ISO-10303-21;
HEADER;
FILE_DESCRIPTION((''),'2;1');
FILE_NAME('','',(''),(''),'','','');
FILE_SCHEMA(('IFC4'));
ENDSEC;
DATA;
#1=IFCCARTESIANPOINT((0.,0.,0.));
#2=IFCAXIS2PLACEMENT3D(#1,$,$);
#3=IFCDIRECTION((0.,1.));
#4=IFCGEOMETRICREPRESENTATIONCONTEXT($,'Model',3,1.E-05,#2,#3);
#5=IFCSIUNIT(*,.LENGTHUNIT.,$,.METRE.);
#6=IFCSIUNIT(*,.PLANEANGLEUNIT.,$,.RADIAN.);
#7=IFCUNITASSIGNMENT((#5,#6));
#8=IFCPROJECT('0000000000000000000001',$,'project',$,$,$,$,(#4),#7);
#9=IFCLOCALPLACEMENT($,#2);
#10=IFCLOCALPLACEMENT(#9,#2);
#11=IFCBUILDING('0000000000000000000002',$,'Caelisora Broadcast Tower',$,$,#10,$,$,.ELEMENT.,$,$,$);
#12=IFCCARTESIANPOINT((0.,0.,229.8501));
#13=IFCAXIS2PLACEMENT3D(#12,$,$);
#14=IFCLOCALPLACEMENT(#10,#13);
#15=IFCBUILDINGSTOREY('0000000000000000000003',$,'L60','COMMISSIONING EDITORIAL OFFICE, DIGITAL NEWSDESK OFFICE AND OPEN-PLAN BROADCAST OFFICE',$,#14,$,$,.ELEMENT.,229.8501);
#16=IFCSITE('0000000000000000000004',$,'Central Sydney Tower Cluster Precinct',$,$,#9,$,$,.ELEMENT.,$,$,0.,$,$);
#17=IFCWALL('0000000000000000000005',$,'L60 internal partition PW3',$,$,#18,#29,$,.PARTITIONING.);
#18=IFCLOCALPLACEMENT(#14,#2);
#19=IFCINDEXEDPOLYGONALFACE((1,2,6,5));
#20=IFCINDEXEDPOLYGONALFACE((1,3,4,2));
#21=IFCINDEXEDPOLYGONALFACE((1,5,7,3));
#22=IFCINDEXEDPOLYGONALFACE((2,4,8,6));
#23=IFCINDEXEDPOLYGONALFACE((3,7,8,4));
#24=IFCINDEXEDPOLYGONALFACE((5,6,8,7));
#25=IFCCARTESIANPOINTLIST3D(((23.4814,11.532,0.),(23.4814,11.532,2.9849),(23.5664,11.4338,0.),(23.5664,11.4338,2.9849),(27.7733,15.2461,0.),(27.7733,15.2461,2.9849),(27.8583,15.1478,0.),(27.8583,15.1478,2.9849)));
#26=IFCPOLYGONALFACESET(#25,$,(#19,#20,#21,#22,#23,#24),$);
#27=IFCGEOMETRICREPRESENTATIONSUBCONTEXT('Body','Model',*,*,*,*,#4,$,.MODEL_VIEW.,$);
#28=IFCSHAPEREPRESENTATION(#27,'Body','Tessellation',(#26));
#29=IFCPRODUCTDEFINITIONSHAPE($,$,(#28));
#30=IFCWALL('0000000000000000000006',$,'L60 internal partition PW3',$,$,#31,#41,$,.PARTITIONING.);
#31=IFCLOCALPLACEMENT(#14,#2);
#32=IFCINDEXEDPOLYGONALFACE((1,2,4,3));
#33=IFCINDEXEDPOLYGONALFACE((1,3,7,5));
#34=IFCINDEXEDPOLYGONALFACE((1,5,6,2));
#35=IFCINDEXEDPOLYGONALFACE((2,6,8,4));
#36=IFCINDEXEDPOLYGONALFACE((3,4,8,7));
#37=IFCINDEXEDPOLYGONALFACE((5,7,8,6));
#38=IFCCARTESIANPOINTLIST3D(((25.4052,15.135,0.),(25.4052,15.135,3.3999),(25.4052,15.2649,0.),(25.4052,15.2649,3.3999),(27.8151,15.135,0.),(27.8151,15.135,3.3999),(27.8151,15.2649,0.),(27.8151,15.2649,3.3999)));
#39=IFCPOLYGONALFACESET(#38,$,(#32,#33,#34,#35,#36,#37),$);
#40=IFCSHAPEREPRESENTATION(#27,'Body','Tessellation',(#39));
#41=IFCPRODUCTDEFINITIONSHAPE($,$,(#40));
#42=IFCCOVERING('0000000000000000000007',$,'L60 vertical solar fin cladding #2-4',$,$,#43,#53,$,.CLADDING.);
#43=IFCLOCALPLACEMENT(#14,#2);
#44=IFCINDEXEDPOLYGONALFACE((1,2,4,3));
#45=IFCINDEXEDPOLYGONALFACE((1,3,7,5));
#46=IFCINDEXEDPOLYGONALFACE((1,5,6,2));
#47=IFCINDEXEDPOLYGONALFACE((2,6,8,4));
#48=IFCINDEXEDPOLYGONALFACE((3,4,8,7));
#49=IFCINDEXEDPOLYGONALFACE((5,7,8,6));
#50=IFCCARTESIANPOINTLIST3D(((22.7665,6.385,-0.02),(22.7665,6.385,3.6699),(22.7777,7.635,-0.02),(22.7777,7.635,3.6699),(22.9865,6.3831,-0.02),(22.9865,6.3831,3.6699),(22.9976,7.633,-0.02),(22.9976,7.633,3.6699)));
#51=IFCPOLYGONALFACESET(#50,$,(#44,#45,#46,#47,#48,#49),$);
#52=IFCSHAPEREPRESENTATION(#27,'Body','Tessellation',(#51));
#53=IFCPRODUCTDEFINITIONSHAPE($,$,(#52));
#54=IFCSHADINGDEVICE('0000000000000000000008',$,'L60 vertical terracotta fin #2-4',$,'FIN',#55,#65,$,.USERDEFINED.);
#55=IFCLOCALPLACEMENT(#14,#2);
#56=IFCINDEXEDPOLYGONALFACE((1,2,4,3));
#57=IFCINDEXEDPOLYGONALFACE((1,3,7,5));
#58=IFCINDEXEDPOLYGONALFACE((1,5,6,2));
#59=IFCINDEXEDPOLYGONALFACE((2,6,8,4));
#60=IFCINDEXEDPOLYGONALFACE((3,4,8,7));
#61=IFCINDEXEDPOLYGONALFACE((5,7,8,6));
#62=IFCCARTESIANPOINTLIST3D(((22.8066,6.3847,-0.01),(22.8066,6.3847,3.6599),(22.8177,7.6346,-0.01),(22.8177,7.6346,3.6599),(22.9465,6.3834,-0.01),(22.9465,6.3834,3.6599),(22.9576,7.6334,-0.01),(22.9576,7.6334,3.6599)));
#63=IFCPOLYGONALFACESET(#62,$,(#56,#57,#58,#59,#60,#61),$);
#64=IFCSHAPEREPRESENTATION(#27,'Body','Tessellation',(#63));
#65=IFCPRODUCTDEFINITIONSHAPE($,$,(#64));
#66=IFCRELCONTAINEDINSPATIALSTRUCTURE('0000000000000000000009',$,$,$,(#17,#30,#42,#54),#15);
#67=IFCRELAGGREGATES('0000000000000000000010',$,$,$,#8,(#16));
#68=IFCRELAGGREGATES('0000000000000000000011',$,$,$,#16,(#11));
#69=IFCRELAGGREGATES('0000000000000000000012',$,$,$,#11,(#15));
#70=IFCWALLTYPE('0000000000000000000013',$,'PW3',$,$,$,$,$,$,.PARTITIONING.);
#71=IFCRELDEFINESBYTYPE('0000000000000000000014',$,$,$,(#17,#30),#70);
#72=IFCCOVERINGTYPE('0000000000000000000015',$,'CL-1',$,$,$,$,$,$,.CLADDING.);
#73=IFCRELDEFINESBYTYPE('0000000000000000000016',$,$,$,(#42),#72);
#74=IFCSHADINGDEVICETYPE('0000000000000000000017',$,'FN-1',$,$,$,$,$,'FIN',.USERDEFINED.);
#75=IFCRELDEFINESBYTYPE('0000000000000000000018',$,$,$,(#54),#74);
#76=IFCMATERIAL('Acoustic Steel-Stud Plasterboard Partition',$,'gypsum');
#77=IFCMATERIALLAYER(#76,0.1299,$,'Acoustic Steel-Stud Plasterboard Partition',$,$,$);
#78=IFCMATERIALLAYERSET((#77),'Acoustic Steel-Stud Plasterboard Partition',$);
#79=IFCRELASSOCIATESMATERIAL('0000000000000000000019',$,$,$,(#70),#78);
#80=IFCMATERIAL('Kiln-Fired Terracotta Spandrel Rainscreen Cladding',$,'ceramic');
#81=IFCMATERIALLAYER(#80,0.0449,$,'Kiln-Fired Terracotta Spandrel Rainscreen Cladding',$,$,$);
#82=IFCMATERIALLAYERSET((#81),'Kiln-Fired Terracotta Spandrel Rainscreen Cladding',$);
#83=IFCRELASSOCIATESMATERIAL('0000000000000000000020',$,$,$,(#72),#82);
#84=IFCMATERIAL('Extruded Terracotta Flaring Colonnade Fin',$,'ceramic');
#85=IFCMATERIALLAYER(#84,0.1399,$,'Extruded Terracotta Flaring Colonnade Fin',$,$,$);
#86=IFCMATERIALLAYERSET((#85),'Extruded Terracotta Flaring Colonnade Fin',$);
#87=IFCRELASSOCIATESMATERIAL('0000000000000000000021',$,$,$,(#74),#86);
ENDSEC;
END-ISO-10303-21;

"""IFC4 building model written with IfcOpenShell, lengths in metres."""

from ifc_helpers import new_model, si_unit, direction, frame, frame_2d, origin, origin_2d, place, context, subcontext, project, spatial, rectangle, extrude, source, transform, mapped, material, layer, layer_set, type_object, type_shapes, element, save


model = new_model("IFC4")

# Units and contexts
model_context = context("Model", 3, precision=1e-05, world=origin(), true_north=direction((0.0, 1.0)))
body_context = subcontext(model_context, "Body", "Model", "MODEL_VIEW")
ifc_project = project(units=[si_unit("LENGTHUNIT", "METRE"), si_unit("PLANEANGLEUNIT", "RADIAN")], contexts=[model_context])

# Site, building, storey
site_placement = place(None, origin())
site = spatial("IfcSite", under=ifc_project, at=site_placement, Name="Central Sydney Tower Cluster Precinct", CompositionType="ELEMENT", RefElevation=0.0)
building_placement = place(site_placement, origin())
building = spatial("IfcBuilding", under=site, at=building_placement, Name="Caelisora Broadcast Tower", CompositionType="ELEMENT")
storey_placement = place(building_placement, frame((0.0, 0.0, 229.8501)))
storey = spatial("IfcBuildingStorey", under=building, at=storey_placement, Name="L60", Description="COMMISSIONING EDITORIAL OFFICE, DIGITAL NEWSDESK OFFICE AND OPEN-PLAN BROADCAST OFFICE", CompositionType="ELEMENT", Elevation=229.8501)

# Shared definitions
ifc_material_1 = material(Name="Acoustic Steel-Stud Plasterboard Partition", Category="gypsum")
ifc_layer_1 = layer(ifc_material_1, 0.1299, Name="Acoustic Steel-Stud Plasterboard Partition")
ifc_layer_set_1 = layer_set([ifc_layer_1], Name="Acoustic Steel-Stud Plasterboard Partition")
wall_type = type_object("IfcWallType", Name="PW3", PredefinedType="PARTITIONING", material=ifc_layer_set_1)

# Walls
wall_1_placement = place(storey_placement, frame((23.5239, 11.4829, 0.0), z_axis=(0.0, 0.0, 1.0), x_axis=(0.756179, 0.654365, 0.0)))
element("IfcWall", 1, at=wall_1_placement, inside=storey, type_object=wall_type, Name="L60 internal partition PW3", PredefinedType="PARTITIONING", context=body_context, shape_type="SweptSolid", body=[
    extrude(rectangle(XDim=5.6758, YDim=0.1299, at=frame_2d((2.8379, 0.0))), origin(), (0.0, 0.0, 1.0), 2.9849),
])
wall_2_placement = place(storey_placement, frame((25.405, 15.2, 0.0), z_axis=(0.0, 0.0, 1.0), x_axis=(1.0, 0.0, 0.0)))
element("IfcWall", 2, at=wall_2_placement, inside=storey, type_object=wall_type, Name="L60 internal partition PW3", PredefinedType="PARTITIONING", context=body_context, shape_type="SweptSolid", body=[
    extrude(rectangle(XDim=2.4099, YDim=0.1299, at=frame_2d((1.2051, 0.0))), origin(), (0.0, 0.0, 1.0), 3.3999),
])

# Covering
ifc_material_2 = material(Name="Kiln-Fired Terracotta Spandrel Rainscreen Cladding", Category="ceramic")
ifc_layer_2 = layer(ifc_material_2, 0.0449, Name="Kiln-Fired Terracotta Spandrel Rainscreen Cladding")
ifc_layer_set_2 = layer_set([ifc_layer_2], Name="Kiln-Fired Terracotta Spandrel Rainscreen Cladding")
covering_type = type_object("IfcCoveringType", Name="CL-1", PredefinedType="CLADDING", material=ifc_layer_set_2)
shared_shape_1 = source(origin(), body_context, "Body", "SweptSolid", [
    extrude(rectangle(XDim=0.22, YDim=1.25, at=origin_2d()), origin(), (0.0, 0.0, 1.0), 3.6899),
])
type_shapes(covering_type, [shared_shape_1])
covering_placement = place(storey_placement, frame((22.8821, 7.009, -0.02), z_axis=(0.0, 0.0, 1.0), x_axis=(-0.99996, 0.008901, 0.0)))
element("IfcCovering", 3, at=covering_placement, inside=storey, type_object=covering_type, Name="L60 vertical solar fin cladding #2-4", PredefinedType="CLADDING", context=body_context, shape_type="MappedRepresentation", body=[
    mapped(shared_shape_1, transform((0.0, 0.0, 0.0), scale=1.0)),
])

# Shading device
ifc_material_3 = material(Name="Extruded Terracotta Flaring Colonnade Fin", Category="ceramic")
ifc_layer_3 = layer(ifc_material_3, 0.1399, Name="Extruded Terracotta Flaring Colonnade Fin")
ifc_layer_set_3 = layer_set([ifc_layer_3], Name="Extruded Terracotta Flaring Colonnade Fin")
shading_device_type = type_object("IfcShadingDeviceType", Name="FN-1", ElementType="FIN", PredefinedType="USERDEFINED", material=ifc_layer_set_3)
shared_shape_2 = source(origin(), body_context, "Body", "SweptSolid", [
    extrude(rectangle(XDim=0.1399, YDim=1.25, at=origin_2d()), origin(), (0.0, 0.0, 1.0), 3.6699),
])
type_shapes(shading_device_type, [shared_shape_2])
shading_device_placement = place(storey_placement, frame((22.8821, 7.009, -0.01), z_axis=(0.0, 0.0, 1.0), x_axis=(-0.99996, 0.008901, 0.0)))
element("IfcShadingDevice", 4, at=shading_device_placement, inside=storey, type_object=shading_device_type, Name="L60 vertical terracotta fin #2-4", ObjectType="FIN", PredefinedType="USERDEFINED", context=body_context, shape_type="MappedRepresentation", body=[
    mapped(shared_shape_2, transform((0.0, 0.0, 0.0), scale=1.0)),
])

save(model, "model.ifc")
